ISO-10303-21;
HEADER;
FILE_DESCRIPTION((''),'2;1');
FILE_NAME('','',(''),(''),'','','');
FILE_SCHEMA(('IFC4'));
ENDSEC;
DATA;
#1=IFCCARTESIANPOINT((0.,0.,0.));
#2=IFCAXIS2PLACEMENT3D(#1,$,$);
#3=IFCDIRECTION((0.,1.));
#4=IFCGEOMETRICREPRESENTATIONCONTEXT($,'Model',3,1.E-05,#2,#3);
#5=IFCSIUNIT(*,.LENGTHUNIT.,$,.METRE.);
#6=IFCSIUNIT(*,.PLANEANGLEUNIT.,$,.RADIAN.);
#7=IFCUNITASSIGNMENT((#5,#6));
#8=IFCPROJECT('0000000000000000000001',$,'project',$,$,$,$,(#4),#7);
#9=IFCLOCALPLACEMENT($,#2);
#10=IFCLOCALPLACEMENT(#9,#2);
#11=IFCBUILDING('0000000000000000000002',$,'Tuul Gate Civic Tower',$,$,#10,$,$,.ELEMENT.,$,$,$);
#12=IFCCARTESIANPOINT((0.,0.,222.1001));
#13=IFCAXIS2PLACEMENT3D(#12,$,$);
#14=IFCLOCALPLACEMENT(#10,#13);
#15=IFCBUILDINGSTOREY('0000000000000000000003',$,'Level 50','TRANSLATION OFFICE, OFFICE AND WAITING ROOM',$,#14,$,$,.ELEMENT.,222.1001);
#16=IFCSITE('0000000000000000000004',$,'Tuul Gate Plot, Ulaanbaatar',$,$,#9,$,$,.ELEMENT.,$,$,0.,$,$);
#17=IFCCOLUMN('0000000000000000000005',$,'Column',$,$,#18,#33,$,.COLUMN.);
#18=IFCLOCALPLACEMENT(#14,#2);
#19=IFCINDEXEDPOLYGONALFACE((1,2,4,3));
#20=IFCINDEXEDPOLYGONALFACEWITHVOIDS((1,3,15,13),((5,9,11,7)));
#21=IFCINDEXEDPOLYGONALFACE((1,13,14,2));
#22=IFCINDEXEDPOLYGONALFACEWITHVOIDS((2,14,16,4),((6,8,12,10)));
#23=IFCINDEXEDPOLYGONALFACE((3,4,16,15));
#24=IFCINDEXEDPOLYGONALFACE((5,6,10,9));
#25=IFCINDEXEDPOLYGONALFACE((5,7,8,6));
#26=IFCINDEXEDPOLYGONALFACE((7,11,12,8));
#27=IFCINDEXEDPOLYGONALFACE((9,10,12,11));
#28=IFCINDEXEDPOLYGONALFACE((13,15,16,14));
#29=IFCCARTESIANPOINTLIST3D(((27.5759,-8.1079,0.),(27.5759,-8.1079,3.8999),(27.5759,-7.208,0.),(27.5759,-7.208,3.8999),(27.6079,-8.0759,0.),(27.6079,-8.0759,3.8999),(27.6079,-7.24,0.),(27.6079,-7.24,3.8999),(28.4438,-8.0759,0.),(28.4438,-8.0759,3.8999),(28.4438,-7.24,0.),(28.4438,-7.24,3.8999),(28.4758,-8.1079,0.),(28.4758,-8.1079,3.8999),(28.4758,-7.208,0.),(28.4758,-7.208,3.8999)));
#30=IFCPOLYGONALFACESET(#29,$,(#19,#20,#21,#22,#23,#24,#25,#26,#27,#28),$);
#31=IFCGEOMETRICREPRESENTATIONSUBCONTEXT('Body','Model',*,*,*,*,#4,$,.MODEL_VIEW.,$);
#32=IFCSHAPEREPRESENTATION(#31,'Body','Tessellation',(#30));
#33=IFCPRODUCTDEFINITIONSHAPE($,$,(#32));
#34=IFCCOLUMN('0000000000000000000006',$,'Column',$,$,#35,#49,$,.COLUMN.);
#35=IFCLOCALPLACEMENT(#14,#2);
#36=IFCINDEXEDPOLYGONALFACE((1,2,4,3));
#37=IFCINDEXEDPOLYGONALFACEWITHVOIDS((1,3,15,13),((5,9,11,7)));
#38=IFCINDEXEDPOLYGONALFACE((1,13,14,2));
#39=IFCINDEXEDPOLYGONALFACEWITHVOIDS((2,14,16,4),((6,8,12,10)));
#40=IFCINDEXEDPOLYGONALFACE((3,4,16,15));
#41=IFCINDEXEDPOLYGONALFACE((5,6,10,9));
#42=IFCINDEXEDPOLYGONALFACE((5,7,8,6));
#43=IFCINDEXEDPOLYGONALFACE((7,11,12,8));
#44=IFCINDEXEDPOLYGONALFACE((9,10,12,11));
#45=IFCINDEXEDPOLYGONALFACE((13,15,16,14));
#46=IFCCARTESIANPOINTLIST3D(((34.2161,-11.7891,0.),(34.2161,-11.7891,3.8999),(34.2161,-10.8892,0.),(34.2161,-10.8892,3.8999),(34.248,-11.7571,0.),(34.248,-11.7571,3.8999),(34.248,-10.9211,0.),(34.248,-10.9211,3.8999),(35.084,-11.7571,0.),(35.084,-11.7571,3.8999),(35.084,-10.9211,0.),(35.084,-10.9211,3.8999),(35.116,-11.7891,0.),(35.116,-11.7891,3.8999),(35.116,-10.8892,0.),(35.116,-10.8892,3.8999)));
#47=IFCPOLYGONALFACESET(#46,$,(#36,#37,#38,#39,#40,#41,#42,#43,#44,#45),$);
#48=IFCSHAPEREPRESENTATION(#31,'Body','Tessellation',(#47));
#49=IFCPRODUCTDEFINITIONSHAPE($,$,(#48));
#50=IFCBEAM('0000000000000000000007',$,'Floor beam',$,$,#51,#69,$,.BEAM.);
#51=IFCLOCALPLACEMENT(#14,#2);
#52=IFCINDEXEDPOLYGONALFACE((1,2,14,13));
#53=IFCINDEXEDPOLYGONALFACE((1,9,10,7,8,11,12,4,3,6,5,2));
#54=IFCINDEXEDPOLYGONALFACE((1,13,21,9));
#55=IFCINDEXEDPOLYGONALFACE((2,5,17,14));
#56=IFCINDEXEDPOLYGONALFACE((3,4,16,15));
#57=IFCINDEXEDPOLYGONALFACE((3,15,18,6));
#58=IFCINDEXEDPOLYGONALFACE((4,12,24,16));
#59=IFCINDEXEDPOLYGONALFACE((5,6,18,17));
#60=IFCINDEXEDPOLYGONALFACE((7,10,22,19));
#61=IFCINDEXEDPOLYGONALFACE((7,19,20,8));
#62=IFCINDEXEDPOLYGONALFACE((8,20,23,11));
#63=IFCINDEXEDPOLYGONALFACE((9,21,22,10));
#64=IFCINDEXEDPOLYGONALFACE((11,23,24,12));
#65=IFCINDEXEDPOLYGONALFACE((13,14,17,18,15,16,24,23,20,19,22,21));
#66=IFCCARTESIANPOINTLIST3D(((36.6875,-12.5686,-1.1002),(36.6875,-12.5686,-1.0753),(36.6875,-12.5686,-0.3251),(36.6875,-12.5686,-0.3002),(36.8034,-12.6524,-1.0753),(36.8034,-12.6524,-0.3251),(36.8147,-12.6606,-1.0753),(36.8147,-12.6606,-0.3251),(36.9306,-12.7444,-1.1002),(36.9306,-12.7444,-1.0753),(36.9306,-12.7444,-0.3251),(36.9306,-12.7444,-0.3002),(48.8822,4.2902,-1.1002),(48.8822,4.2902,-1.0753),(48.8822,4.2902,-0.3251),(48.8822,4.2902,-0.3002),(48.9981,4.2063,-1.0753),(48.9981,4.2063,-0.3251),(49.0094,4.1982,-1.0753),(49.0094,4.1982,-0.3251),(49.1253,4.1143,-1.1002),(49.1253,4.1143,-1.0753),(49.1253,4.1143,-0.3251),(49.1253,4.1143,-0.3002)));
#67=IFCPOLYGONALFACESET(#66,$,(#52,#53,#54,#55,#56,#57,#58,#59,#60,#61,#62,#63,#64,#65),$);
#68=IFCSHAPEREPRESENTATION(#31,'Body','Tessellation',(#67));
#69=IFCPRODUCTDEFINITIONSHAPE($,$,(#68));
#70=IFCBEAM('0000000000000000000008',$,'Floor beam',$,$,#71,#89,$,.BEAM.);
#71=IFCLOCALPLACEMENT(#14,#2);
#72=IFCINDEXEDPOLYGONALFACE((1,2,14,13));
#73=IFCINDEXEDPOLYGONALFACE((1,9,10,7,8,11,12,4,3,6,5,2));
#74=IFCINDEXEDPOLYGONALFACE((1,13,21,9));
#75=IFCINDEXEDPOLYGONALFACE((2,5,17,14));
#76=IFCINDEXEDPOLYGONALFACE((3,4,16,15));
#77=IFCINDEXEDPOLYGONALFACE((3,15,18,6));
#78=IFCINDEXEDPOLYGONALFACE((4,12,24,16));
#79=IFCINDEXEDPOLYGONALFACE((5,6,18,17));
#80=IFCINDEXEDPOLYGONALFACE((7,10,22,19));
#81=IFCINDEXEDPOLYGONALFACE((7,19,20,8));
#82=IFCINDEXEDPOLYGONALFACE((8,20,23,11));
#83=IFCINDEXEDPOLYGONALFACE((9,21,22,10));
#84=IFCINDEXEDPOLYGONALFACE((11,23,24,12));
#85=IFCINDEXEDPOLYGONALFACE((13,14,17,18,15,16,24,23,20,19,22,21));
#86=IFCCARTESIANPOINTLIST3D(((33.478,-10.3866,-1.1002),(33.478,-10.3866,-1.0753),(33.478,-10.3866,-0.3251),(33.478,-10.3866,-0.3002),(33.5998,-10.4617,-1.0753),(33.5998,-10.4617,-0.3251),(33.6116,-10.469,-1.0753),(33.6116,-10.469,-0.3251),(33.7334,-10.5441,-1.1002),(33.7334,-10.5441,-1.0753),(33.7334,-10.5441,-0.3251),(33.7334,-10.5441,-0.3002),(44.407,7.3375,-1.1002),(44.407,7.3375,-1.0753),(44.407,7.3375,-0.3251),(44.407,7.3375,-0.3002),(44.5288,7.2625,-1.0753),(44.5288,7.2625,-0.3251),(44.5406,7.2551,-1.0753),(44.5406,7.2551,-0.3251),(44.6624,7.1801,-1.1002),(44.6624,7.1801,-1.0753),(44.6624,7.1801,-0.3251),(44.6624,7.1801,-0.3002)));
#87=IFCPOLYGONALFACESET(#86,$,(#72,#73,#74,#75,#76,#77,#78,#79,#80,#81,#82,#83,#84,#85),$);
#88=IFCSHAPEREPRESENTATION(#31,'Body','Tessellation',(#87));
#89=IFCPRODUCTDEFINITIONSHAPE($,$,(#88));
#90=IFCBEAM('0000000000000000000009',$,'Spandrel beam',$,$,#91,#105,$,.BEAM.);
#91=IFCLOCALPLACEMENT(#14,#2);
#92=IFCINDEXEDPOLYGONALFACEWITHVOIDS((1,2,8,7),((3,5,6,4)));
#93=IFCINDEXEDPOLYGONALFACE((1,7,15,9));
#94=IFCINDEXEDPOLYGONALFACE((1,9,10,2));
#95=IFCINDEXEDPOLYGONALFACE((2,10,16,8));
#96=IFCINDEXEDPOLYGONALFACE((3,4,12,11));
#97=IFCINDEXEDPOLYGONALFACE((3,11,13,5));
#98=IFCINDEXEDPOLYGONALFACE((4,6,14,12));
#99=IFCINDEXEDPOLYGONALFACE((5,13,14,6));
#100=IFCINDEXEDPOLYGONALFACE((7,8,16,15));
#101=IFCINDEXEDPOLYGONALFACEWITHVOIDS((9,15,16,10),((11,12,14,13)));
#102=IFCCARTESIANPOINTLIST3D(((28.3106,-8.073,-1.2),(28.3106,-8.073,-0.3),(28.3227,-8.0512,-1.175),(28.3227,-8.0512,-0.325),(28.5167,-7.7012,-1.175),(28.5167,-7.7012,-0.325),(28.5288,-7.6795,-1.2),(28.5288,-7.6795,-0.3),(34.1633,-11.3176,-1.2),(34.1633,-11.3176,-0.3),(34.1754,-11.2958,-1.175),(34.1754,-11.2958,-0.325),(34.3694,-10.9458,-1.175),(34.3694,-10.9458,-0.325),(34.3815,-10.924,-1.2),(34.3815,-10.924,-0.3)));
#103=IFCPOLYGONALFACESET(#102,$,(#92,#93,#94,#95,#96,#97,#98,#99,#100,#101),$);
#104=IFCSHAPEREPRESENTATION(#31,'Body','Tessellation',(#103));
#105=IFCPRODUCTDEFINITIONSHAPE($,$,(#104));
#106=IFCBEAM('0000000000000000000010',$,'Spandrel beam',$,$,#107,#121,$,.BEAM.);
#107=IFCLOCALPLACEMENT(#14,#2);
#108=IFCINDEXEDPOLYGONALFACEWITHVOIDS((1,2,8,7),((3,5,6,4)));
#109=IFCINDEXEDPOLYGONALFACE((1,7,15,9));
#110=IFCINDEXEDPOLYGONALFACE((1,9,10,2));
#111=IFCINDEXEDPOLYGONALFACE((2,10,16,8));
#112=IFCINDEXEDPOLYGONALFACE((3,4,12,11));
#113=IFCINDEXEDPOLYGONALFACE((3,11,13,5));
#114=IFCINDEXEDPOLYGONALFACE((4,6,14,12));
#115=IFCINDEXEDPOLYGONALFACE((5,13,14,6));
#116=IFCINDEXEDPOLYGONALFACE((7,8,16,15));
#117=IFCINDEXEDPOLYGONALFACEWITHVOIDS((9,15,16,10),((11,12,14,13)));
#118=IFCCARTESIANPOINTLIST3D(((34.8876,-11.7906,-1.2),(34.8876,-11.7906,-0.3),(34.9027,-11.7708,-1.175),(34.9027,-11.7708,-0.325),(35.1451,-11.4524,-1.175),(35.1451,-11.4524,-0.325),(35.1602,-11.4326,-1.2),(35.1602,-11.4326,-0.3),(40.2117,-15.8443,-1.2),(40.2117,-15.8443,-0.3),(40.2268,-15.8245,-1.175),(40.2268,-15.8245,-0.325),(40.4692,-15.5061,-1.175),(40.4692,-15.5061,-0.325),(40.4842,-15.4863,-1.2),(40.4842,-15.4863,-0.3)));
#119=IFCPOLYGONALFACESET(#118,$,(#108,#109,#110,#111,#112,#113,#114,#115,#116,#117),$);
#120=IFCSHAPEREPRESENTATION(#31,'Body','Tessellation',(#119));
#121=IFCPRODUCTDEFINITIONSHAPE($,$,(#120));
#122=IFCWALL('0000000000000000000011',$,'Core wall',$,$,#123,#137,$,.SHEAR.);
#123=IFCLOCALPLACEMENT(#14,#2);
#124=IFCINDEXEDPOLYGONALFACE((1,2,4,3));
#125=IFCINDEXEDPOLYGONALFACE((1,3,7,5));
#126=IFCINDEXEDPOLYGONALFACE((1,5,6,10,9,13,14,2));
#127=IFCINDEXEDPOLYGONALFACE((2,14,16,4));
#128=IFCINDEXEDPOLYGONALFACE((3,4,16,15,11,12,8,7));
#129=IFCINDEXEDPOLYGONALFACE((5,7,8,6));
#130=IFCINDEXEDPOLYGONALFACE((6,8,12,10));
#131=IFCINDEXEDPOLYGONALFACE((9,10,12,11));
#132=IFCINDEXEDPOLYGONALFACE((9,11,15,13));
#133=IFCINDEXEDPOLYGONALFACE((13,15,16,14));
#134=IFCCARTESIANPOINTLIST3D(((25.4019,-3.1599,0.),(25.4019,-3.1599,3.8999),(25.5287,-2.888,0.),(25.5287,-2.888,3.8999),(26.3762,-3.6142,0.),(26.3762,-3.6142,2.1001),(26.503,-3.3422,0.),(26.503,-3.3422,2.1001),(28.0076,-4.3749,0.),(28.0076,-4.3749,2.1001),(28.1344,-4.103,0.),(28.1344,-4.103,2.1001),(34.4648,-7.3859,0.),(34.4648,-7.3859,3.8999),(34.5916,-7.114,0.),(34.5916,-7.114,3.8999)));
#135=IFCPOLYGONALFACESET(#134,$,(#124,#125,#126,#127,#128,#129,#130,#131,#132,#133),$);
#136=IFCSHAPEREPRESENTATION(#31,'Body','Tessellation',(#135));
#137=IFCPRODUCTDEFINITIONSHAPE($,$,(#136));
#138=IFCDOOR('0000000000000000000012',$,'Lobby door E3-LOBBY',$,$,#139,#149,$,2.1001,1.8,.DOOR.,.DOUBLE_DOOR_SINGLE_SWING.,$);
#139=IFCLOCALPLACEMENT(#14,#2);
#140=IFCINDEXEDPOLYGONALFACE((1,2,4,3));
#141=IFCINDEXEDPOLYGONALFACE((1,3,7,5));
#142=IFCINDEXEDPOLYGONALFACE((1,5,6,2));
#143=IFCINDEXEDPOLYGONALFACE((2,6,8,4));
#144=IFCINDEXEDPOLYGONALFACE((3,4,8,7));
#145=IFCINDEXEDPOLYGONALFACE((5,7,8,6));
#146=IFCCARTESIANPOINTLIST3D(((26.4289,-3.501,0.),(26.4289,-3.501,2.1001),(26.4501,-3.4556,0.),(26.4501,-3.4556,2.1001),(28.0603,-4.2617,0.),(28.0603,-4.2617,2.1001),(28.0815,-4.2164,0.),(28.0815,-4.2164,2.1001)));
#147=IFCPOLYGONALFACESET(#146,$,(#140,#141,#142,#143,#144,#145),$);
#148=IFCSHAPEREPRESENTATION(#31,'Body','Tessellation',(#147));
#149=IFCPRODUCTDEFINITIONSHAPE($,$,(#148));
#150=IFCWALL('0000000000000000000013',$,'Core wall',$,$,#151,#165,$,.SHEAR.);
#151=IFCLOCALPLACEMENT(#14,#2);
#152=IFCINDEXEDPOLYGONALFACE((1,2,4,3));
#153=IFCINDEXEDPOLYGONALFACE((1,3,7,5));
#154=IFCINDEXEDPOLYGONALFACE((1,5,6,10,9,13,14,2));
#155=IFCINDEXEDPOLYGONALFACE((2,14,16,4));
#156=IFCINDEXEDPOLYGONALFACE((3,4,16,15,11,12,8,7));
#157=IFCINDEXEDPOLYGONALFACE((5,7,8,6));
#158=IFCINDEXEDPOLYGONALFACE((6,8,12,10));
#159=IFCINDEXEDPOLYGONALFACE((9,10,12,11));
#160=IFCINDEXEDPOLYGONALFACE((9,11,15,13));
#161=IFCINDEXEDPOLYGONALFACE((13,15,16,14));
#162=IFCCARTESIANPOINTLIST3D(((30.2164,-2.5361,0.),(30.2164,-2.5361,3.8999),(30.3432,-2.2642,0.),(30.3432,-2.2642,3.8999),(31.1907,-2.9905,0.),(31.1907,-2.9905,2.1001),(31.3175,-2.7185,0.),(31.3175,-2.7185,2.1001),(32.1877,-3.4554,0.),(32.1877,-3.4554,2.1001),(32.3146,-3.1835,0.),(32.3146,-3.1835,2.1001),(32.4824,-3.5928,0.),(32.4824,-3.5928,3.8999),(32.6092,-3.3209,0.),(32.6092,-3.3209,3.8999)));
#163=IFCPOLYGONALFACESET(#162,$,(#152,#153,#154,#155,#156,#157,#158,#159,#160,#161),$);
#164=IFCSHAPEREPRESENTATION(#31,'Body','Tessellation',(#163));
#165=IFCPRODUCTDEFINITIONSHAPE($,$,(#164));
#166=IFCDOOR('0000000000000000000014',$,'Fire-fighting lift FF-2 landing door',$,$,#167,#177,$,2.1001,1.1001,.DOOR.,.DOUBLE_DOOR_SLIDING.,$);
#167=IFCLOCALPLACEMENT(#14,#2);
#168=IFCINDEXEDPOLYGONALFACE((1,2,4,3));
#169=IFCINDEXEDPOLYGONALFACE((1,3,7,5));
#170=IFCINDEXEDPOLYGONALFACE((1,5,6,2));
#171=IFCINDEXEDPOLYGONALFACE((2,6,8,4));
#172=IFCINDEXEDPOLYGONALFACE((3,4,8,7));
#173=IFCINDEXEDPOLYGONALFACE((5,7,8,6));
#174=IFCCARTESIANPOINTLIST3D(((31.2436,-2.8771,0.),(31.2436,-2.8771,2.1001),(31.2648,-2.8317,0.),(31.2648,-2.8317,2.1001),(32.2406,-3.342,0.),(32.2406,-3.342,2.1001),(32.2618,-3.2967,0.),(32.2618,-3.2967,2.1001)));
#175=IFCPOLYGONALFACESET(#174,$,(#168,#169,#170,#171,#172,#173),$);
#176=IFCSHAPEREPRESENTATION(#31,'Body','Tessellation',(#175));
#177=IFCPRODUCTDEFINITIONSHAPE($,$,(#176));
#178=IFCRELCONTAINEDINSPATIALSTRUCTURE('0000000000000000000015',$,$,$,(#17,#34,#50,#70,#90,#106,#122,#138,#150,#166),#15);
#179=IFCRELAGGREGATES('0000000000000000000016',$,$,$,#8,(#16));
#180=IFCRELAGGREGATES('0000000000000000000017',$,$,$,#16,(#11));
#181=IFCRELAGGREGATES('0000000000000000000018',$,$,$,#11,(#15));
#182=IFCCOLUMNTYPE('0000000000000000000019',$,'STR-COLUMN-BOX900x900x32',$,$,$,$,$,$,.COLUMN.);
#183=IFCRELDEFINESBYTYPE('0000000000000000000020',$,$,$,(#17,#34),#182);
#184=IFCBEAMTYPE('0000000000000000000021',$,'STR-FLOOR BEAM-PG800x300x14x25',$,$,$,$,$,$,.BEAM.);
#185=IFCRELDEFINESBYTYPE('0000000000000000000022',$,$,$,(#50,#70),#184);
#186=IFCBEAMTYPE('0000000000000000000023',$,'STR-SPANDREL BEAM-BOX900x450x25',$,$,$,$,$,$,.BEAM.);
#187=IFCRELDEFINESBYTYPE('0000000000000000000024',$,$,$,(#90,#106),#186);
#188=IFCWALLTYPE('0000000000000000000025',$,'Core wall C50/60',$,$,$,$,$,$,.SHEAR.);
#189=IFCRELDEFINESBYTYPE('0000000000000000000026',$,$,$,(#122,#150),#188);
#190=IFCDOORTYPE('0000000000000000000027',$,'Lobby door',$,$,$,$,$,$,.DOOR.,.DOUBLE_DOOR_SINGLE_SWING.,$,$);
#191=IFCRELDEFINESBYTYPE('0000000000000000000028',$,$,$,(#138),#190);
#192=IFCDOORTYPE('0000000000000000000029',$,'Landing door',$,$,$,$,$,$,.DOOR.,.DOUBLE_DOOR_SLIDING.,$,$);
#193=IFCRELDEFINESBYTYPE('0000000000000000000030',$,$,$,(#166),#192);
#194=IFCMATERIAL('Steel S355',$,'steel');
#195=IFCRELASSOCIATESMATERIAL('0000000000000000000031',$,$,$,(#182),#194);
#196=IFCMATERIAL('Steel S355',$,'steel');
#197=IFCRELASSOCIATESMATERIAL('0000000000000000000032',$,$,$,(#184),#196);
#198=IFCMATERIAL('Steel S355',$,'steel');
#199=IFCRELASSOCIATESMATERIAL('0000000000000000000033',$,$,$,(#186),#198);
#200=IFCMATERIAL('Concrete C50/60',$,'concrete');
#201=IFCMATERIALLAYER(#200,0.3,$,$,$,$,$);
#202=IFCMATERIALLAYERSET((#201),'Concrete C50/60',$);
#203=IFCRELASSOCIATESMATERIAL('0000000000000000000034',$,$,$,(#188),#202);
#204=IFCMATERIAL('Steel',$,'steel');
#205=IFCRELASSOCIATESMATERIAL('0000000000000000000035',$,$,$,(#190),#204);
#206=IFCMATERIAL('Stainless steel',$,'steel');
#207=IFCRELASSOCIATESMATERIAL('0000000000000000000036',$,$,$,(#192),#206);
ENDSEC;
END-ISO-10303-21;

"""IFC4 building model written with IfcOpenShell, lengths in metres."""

from ifc_helpers import new_model, si_unit, direction, frame, frame_2d, origin, origin_2d, place, context, subcontext, project, spatial, rectangle, hollow_rectangle, i_section, extrude, material, layer, layer_set, material_profile, profile_set, type_object, element, fill, save


model = new_model("IFC4")

# Units and contexts
model_context = context("Model", 3, precision=1e-05, world=origin(), true_north=direction((0.0, 1.0)))
body_context = subcontext(model_context, "Body", "Model", "MODEL_VIEW")
ifc_project = project(units=[si_unit("LENGTHUNIT", "METRE"), si_unit("PLANEANGLEUNIT", "RADIAN")], contexts=[model_context])

# Site, building, storey
site_placement = place(None, origin())
site = spatial("IfcSite", under=ifc_project, at=site_placement, Name="Tuul Gate Plot, Ulaanbaatar", CompositionType="ELEMENT", RefElevation=0.0)
building_placement = place(site_placement, origin())
building = spatial("IfcBuilding", under=site, at=building_placement, Name="Tuul Gate Civic Tower", CompositionType="ELEMENT")
storey_placement = place(building_placement, frame((0.0, 0.0, 222.1001)))
storey = spatial("IfcBuildingStorey", under=building, at=storey_placement, Name="Level 50", Description="TRANSLATION OFFICE, OFFICE AND WAITING ROOM", CompositionType="ELEMENT", Elevation=222.1001)

# Columns
ifc_material_1 = material(Name="Steel S355", Category="steel")
ifc_material_profile_1 = material_profile(ifc_material_1, hollow_rectangle(XDim=0.8999, YDim=0.8999, WallThickness=0.032, at=origin_2d()), Name="BOX900x900x32")
ifc_profile_set_1 = profile_set([ifc_material_profile_1], Name="Steel S355")
column_type = type_object("IfcColumnType", Name="STR-COLUMN-BOX900x900x32", PredefinedType="COLUMN", material=ifc_profile_set_1)
for number, where, z_axis, x_axis, name in (
    (1, (28.0259, -7.658, 0.0), (0.0, 0.0, 1.0), (1.0, 0.0, 0.0), "Column"),
    (2, (34.666, -11.3391, 0.0), (0.0, 0.0, 1.0), (1.0, 0.0, 0.0), "Column"),
):
    element("IfcColumn", number, at=place(storey_placement, frame(where, z_axis=z_axis, x_axis=x_axis)), inside=storey, type_object=column_type, Name=name, PredefinedType="COLUMN", context=body_context, shape_type="SweptSolid", body=[
        extrude(hollow_rectangle(XDim=0.8999, YDim=0.8999, WallThickness=0.032, at=origin_2d()), origin(), (0.0, 0.0, 1.0), 3.8999),
    ])

# Beams
ifc_material_2 = material(Name="Steel S355", Category="steel")
ifc_material_profile_2 = material_profile(ifc_material_2, i_section(OverallWidth=0.3, OverallDepth=0.8, WebThickness=0.0139, FlangeThickness=0.0249, at=origin_2d()), Name="PG800x300x14x25")
ifc_profile_set_2 = profile_set([ifc_material_profile_2], Name="Steel S355")
beam_type_1 = type_object("IfcBeamType", Name="STR-FLOOR BEAM-PG800x300x14x25", PredefinedType="BEAM", material=ifc_profile_set_2)
beam_1_placement = place(storey_placement, frame((36.8091, -12.6565, -0.7002), z_axis=(0.586087, 0.810248, 0.0), x_axis=(-0.810248, 0.586087, 0.0)))
element("IfcBeam", 3, at=beam_1_placement, inside=storey, type_object=beam_type_1, Name="Floor beam", PredefinedType="BEAM", context=body_context, shape_type="SweptSolid", body=[
    extrude(i_section(OverallWidth=0.3, OverallDepth=0.8, WebThickness=0.0139, FlangeThickness=0.0249, at=origin_2d()), origin(), (0.0, 0.0, 1.0), 20.8069),
])
beam_2_placement = place(storey_placement, frame((33.6057, -10.4653, -0.7002), z_axis=(0.524857, 0.851191, 0.0), x_axis=(-0.851191, 0.524857, 0.0)))
element("IfcBeam", 4, at=beam_2_placement, inside=storey, type_object=beam_type_1, Name="Floor beam", PredefinedType="BEAM", context=body_context, shape_type="SweptSolid", body=[
    extrude(i_section(OverallWidth=0.3, OverallDepth=0.8, WebThickness=0.0139, FlangeThickness=0.0249, at=origin_2d()), origin(), (0.0, 0.0, 1.0), 20.8228),
])
ifc_material_3 = material(Name="Steel S355", Category="steel")
ifc_material_profile_3 = material_profile(ifc_material_3, hollow_rectangle(XDim=0.45, YDim=0.8999, WallThickness=0.0249, at=origin_2d()), Name="BOX900x450x25")
ifc_profile_set_3 = profile_set([ifc_material_profile_3], Name="Steel S355")
beam_type_2 = type_object("IfcBeamType", Name="STR-SPANDREL BEAM-BOX900x450x25", PredefinedType="BEAM", material=ifc_profile_set_3)
beam_3_placement = place(storey_placement, frame((28.4197, -7.8762, -0.75), z_axis=(0.874596, -0.484853, 0.0), x_axis=(0.484853, 0.874596, 0.0)))
element("IfcBeam", 5, at=beam_3_placement, inside=storey, type_object=beam_type_2, Name="Spandrel beam", PredefinedType="BEAM", context=body_context, shape_type="SweptSolid", body=[
    extrude(hollow_rectangle(XDim=0.45, YDim=0.8999, WallThickness=0.0249, at=origin_2d()), origin(), (0.0, 0.0, 1.0), 6.6919),
])
beam_4_placement = place(storey_placement, frame((35.0239, -11.6116, -0.75), z_axis=(0.795623, -0.605793, 0.0), x_axis=(0.605793, 0.795623, 0.0)))
element("IfcBeam", 6, at=beam_4_placement, inside=storey, type_object=beam_type_2, Name="Spandrel beam", PredefinedType="BEAM", context=body_context, shape_type="SweptSolid", body=[
    extrude(hollow_rectangle(XDim=0.45, YDim=0.8999, WallThickness=0.0249, at=origin_2d()), origin(), (0.0, 0.0, 1.0), 6.6917),
])

# Walls, openings, doors
ifc_material_4 = material(Name="Concrete C50/60", Category="concrete")
ifc_layer_1 = layer(ifc_material_4, 0.3)
ifc_layer_set_1 = layer_set([ifc_layer_1], Name="Concrete C50/60")
wall_type_1 = type_object("IfcWallType", Name="Core wall C50/60", PredefinedType="SHEAR", material=ifc_layer_set_1)
wall_1_placement = place(storey_placement, frame((34.5283, -7.25, 0.0), z_axis=(0.0, 0.0, 1.0), x_axis=(-0.90631, 0.422613, 0.0)))
wall_1 = element("IfcWall", 7, at=wall_1_placement, inside=storey, type_object=wall_type_1, Name="Core wall", PredefinedType="SHEAR", context=body_context, shape_type="SweptSolid", body=[
    extrude(rectangle(XDim=9.9998, YDim=0.3, at=frame_2d((5.0, 0.0))), origin(), (0.0, 0.0, 1.0), 3.8999),
])
opening_1_placement = place(wall_1_placement, frame((7.125, 0.0, 0.0)))
opening_1 = element("IfcOpeningElement", 8, at=opening_1_placement, cuts=wall_1, PredefinedType="OPENING", context=body_context, shape_type="SweptSolid", body=[
    extrude(rectangle(XDim=1.8, YDim=2.1001, at=frame_2d((0.8999, 1.05))), frame((0.0, 0.1602, 0.0), z_axis=(0.0, -1.0, 0.0), x_axis=(1.0, 0.0, 0.0)), (0.0, 0.0, 1.0), 0.3201),
])
ifc_material_5 = material(Name="Steel", Category="steel")
door_type_1 = type_object("IfcDoorType", Name="Lobby door", OperationType="DOUBLE_DOOR_SINGLE_SWING", PredefinedType="DOOR", material=ifc_material_5)
door_1_placement = place(opening_1_placement, frame((1.8, 0.0, 0.0), z_axis=(0.0, 0.0, 1.0), x_axis=(-1.0, 0.0, 0.0)))
door_1 = element("IfcDoor", 9, at=door_1_placement, inside=storey, type_object=door_type_1, Name="Lobby door E3-LOBBY", OperationType="DOUBLE_DOOR_SINGLE_SWING", OverallHeight=2.1001, OverallWidth=1.8, PredefinedType="DOOR", context=body_context, shape_type="SweptSolid", body=[
    extrude(rectangle(XDim=1.8, YDim=2.1001, at=frame_2d((0.9001, 1.05))), frame((0.0, 0.0249, 0.0), z_axis=(0.0, -1.0, 0.0), x_axis=(1.0, 0.0, 0.0)), (0.0, 0.0, 1.0), 0.05),
])
fill(opening_1, door_1)
wall_2_placement = place(storey_placement, frame((32.5457, -3.4568, 0.0), z_axis=(0.0, 0.0, 1.0), x_axis=(-0.9063, 0.422634, 0.0)))
wall_2 = element("IfcWall", 10, at=wall_2_placement, inside=storey, type_object=wall_type_1, Name="Core wall", PredefinedType="SHEAR", context=body_context, shape_type="SweptSolid", body=[
    extrude(rectangle(XDim=2.5002, YDim=0.3, at=frame_2d((1.25, 0.0))), origin(), (0.0, 0.0, 1.0), 3.8999),
])
opening_2_placement = place(wall_2_placement, frame((0.325, 0.0, 0.0)))
opening_2 = element("IfcOpeningElement", 11, at=opening_2_placement, cuts=wall_2, PredefinedType="OPENING", context=body_context, shape_type="SweptSolid", body=[
    extrude(rectangle(XDim=1.1001, YDim=2.1001, at=frame_2d((0.55, 1.05))), frame((0.0, 0.1602, 0.0), z_axis=(0.0, -1.0, 0.0), x_axis=(1.0, 0.0, 0.0)), (0.0, 0.0, 1.0), 0.3201),
])
ifc_material_6 = material(Name="Stainless steel", Category="steel")
door_type_2 = type_object("IfcDoorType", Name="Landing door", OperationType="DOUBLE_DOOR_SLIDING", PredefinedType="DOOR", material=ifc_material_6)
door_2_placement = place(opening_2_placement, origin())
door_2 = element("IfcDoor", 12, at=door_2_placement, inside=storey, type_object=door_type_2, Name="Fire-fighting lift FF-2 landing door", OperationType="DOUBLE_DOOR_SLIDING", OverallHeight=2.1001, OverallWidth=1.1001, PredefinedType="DOOR", context=body_context, shape_type="SweptSolid", body=[
    extrude(rectangle(XDim=1.1001, YDim=2.1001, at=frame_2d((0.55, 1.05))), frame((0.0, 0.0249, 0.0), z_axis=(0.0, -1.0, 0.0), x_axis=(1.0, 0.0, 0.0)), (0.0, 0.0, 1.0), 0.05),
])
fill(opening_2, door_2)

save(model, "model.ifc")
